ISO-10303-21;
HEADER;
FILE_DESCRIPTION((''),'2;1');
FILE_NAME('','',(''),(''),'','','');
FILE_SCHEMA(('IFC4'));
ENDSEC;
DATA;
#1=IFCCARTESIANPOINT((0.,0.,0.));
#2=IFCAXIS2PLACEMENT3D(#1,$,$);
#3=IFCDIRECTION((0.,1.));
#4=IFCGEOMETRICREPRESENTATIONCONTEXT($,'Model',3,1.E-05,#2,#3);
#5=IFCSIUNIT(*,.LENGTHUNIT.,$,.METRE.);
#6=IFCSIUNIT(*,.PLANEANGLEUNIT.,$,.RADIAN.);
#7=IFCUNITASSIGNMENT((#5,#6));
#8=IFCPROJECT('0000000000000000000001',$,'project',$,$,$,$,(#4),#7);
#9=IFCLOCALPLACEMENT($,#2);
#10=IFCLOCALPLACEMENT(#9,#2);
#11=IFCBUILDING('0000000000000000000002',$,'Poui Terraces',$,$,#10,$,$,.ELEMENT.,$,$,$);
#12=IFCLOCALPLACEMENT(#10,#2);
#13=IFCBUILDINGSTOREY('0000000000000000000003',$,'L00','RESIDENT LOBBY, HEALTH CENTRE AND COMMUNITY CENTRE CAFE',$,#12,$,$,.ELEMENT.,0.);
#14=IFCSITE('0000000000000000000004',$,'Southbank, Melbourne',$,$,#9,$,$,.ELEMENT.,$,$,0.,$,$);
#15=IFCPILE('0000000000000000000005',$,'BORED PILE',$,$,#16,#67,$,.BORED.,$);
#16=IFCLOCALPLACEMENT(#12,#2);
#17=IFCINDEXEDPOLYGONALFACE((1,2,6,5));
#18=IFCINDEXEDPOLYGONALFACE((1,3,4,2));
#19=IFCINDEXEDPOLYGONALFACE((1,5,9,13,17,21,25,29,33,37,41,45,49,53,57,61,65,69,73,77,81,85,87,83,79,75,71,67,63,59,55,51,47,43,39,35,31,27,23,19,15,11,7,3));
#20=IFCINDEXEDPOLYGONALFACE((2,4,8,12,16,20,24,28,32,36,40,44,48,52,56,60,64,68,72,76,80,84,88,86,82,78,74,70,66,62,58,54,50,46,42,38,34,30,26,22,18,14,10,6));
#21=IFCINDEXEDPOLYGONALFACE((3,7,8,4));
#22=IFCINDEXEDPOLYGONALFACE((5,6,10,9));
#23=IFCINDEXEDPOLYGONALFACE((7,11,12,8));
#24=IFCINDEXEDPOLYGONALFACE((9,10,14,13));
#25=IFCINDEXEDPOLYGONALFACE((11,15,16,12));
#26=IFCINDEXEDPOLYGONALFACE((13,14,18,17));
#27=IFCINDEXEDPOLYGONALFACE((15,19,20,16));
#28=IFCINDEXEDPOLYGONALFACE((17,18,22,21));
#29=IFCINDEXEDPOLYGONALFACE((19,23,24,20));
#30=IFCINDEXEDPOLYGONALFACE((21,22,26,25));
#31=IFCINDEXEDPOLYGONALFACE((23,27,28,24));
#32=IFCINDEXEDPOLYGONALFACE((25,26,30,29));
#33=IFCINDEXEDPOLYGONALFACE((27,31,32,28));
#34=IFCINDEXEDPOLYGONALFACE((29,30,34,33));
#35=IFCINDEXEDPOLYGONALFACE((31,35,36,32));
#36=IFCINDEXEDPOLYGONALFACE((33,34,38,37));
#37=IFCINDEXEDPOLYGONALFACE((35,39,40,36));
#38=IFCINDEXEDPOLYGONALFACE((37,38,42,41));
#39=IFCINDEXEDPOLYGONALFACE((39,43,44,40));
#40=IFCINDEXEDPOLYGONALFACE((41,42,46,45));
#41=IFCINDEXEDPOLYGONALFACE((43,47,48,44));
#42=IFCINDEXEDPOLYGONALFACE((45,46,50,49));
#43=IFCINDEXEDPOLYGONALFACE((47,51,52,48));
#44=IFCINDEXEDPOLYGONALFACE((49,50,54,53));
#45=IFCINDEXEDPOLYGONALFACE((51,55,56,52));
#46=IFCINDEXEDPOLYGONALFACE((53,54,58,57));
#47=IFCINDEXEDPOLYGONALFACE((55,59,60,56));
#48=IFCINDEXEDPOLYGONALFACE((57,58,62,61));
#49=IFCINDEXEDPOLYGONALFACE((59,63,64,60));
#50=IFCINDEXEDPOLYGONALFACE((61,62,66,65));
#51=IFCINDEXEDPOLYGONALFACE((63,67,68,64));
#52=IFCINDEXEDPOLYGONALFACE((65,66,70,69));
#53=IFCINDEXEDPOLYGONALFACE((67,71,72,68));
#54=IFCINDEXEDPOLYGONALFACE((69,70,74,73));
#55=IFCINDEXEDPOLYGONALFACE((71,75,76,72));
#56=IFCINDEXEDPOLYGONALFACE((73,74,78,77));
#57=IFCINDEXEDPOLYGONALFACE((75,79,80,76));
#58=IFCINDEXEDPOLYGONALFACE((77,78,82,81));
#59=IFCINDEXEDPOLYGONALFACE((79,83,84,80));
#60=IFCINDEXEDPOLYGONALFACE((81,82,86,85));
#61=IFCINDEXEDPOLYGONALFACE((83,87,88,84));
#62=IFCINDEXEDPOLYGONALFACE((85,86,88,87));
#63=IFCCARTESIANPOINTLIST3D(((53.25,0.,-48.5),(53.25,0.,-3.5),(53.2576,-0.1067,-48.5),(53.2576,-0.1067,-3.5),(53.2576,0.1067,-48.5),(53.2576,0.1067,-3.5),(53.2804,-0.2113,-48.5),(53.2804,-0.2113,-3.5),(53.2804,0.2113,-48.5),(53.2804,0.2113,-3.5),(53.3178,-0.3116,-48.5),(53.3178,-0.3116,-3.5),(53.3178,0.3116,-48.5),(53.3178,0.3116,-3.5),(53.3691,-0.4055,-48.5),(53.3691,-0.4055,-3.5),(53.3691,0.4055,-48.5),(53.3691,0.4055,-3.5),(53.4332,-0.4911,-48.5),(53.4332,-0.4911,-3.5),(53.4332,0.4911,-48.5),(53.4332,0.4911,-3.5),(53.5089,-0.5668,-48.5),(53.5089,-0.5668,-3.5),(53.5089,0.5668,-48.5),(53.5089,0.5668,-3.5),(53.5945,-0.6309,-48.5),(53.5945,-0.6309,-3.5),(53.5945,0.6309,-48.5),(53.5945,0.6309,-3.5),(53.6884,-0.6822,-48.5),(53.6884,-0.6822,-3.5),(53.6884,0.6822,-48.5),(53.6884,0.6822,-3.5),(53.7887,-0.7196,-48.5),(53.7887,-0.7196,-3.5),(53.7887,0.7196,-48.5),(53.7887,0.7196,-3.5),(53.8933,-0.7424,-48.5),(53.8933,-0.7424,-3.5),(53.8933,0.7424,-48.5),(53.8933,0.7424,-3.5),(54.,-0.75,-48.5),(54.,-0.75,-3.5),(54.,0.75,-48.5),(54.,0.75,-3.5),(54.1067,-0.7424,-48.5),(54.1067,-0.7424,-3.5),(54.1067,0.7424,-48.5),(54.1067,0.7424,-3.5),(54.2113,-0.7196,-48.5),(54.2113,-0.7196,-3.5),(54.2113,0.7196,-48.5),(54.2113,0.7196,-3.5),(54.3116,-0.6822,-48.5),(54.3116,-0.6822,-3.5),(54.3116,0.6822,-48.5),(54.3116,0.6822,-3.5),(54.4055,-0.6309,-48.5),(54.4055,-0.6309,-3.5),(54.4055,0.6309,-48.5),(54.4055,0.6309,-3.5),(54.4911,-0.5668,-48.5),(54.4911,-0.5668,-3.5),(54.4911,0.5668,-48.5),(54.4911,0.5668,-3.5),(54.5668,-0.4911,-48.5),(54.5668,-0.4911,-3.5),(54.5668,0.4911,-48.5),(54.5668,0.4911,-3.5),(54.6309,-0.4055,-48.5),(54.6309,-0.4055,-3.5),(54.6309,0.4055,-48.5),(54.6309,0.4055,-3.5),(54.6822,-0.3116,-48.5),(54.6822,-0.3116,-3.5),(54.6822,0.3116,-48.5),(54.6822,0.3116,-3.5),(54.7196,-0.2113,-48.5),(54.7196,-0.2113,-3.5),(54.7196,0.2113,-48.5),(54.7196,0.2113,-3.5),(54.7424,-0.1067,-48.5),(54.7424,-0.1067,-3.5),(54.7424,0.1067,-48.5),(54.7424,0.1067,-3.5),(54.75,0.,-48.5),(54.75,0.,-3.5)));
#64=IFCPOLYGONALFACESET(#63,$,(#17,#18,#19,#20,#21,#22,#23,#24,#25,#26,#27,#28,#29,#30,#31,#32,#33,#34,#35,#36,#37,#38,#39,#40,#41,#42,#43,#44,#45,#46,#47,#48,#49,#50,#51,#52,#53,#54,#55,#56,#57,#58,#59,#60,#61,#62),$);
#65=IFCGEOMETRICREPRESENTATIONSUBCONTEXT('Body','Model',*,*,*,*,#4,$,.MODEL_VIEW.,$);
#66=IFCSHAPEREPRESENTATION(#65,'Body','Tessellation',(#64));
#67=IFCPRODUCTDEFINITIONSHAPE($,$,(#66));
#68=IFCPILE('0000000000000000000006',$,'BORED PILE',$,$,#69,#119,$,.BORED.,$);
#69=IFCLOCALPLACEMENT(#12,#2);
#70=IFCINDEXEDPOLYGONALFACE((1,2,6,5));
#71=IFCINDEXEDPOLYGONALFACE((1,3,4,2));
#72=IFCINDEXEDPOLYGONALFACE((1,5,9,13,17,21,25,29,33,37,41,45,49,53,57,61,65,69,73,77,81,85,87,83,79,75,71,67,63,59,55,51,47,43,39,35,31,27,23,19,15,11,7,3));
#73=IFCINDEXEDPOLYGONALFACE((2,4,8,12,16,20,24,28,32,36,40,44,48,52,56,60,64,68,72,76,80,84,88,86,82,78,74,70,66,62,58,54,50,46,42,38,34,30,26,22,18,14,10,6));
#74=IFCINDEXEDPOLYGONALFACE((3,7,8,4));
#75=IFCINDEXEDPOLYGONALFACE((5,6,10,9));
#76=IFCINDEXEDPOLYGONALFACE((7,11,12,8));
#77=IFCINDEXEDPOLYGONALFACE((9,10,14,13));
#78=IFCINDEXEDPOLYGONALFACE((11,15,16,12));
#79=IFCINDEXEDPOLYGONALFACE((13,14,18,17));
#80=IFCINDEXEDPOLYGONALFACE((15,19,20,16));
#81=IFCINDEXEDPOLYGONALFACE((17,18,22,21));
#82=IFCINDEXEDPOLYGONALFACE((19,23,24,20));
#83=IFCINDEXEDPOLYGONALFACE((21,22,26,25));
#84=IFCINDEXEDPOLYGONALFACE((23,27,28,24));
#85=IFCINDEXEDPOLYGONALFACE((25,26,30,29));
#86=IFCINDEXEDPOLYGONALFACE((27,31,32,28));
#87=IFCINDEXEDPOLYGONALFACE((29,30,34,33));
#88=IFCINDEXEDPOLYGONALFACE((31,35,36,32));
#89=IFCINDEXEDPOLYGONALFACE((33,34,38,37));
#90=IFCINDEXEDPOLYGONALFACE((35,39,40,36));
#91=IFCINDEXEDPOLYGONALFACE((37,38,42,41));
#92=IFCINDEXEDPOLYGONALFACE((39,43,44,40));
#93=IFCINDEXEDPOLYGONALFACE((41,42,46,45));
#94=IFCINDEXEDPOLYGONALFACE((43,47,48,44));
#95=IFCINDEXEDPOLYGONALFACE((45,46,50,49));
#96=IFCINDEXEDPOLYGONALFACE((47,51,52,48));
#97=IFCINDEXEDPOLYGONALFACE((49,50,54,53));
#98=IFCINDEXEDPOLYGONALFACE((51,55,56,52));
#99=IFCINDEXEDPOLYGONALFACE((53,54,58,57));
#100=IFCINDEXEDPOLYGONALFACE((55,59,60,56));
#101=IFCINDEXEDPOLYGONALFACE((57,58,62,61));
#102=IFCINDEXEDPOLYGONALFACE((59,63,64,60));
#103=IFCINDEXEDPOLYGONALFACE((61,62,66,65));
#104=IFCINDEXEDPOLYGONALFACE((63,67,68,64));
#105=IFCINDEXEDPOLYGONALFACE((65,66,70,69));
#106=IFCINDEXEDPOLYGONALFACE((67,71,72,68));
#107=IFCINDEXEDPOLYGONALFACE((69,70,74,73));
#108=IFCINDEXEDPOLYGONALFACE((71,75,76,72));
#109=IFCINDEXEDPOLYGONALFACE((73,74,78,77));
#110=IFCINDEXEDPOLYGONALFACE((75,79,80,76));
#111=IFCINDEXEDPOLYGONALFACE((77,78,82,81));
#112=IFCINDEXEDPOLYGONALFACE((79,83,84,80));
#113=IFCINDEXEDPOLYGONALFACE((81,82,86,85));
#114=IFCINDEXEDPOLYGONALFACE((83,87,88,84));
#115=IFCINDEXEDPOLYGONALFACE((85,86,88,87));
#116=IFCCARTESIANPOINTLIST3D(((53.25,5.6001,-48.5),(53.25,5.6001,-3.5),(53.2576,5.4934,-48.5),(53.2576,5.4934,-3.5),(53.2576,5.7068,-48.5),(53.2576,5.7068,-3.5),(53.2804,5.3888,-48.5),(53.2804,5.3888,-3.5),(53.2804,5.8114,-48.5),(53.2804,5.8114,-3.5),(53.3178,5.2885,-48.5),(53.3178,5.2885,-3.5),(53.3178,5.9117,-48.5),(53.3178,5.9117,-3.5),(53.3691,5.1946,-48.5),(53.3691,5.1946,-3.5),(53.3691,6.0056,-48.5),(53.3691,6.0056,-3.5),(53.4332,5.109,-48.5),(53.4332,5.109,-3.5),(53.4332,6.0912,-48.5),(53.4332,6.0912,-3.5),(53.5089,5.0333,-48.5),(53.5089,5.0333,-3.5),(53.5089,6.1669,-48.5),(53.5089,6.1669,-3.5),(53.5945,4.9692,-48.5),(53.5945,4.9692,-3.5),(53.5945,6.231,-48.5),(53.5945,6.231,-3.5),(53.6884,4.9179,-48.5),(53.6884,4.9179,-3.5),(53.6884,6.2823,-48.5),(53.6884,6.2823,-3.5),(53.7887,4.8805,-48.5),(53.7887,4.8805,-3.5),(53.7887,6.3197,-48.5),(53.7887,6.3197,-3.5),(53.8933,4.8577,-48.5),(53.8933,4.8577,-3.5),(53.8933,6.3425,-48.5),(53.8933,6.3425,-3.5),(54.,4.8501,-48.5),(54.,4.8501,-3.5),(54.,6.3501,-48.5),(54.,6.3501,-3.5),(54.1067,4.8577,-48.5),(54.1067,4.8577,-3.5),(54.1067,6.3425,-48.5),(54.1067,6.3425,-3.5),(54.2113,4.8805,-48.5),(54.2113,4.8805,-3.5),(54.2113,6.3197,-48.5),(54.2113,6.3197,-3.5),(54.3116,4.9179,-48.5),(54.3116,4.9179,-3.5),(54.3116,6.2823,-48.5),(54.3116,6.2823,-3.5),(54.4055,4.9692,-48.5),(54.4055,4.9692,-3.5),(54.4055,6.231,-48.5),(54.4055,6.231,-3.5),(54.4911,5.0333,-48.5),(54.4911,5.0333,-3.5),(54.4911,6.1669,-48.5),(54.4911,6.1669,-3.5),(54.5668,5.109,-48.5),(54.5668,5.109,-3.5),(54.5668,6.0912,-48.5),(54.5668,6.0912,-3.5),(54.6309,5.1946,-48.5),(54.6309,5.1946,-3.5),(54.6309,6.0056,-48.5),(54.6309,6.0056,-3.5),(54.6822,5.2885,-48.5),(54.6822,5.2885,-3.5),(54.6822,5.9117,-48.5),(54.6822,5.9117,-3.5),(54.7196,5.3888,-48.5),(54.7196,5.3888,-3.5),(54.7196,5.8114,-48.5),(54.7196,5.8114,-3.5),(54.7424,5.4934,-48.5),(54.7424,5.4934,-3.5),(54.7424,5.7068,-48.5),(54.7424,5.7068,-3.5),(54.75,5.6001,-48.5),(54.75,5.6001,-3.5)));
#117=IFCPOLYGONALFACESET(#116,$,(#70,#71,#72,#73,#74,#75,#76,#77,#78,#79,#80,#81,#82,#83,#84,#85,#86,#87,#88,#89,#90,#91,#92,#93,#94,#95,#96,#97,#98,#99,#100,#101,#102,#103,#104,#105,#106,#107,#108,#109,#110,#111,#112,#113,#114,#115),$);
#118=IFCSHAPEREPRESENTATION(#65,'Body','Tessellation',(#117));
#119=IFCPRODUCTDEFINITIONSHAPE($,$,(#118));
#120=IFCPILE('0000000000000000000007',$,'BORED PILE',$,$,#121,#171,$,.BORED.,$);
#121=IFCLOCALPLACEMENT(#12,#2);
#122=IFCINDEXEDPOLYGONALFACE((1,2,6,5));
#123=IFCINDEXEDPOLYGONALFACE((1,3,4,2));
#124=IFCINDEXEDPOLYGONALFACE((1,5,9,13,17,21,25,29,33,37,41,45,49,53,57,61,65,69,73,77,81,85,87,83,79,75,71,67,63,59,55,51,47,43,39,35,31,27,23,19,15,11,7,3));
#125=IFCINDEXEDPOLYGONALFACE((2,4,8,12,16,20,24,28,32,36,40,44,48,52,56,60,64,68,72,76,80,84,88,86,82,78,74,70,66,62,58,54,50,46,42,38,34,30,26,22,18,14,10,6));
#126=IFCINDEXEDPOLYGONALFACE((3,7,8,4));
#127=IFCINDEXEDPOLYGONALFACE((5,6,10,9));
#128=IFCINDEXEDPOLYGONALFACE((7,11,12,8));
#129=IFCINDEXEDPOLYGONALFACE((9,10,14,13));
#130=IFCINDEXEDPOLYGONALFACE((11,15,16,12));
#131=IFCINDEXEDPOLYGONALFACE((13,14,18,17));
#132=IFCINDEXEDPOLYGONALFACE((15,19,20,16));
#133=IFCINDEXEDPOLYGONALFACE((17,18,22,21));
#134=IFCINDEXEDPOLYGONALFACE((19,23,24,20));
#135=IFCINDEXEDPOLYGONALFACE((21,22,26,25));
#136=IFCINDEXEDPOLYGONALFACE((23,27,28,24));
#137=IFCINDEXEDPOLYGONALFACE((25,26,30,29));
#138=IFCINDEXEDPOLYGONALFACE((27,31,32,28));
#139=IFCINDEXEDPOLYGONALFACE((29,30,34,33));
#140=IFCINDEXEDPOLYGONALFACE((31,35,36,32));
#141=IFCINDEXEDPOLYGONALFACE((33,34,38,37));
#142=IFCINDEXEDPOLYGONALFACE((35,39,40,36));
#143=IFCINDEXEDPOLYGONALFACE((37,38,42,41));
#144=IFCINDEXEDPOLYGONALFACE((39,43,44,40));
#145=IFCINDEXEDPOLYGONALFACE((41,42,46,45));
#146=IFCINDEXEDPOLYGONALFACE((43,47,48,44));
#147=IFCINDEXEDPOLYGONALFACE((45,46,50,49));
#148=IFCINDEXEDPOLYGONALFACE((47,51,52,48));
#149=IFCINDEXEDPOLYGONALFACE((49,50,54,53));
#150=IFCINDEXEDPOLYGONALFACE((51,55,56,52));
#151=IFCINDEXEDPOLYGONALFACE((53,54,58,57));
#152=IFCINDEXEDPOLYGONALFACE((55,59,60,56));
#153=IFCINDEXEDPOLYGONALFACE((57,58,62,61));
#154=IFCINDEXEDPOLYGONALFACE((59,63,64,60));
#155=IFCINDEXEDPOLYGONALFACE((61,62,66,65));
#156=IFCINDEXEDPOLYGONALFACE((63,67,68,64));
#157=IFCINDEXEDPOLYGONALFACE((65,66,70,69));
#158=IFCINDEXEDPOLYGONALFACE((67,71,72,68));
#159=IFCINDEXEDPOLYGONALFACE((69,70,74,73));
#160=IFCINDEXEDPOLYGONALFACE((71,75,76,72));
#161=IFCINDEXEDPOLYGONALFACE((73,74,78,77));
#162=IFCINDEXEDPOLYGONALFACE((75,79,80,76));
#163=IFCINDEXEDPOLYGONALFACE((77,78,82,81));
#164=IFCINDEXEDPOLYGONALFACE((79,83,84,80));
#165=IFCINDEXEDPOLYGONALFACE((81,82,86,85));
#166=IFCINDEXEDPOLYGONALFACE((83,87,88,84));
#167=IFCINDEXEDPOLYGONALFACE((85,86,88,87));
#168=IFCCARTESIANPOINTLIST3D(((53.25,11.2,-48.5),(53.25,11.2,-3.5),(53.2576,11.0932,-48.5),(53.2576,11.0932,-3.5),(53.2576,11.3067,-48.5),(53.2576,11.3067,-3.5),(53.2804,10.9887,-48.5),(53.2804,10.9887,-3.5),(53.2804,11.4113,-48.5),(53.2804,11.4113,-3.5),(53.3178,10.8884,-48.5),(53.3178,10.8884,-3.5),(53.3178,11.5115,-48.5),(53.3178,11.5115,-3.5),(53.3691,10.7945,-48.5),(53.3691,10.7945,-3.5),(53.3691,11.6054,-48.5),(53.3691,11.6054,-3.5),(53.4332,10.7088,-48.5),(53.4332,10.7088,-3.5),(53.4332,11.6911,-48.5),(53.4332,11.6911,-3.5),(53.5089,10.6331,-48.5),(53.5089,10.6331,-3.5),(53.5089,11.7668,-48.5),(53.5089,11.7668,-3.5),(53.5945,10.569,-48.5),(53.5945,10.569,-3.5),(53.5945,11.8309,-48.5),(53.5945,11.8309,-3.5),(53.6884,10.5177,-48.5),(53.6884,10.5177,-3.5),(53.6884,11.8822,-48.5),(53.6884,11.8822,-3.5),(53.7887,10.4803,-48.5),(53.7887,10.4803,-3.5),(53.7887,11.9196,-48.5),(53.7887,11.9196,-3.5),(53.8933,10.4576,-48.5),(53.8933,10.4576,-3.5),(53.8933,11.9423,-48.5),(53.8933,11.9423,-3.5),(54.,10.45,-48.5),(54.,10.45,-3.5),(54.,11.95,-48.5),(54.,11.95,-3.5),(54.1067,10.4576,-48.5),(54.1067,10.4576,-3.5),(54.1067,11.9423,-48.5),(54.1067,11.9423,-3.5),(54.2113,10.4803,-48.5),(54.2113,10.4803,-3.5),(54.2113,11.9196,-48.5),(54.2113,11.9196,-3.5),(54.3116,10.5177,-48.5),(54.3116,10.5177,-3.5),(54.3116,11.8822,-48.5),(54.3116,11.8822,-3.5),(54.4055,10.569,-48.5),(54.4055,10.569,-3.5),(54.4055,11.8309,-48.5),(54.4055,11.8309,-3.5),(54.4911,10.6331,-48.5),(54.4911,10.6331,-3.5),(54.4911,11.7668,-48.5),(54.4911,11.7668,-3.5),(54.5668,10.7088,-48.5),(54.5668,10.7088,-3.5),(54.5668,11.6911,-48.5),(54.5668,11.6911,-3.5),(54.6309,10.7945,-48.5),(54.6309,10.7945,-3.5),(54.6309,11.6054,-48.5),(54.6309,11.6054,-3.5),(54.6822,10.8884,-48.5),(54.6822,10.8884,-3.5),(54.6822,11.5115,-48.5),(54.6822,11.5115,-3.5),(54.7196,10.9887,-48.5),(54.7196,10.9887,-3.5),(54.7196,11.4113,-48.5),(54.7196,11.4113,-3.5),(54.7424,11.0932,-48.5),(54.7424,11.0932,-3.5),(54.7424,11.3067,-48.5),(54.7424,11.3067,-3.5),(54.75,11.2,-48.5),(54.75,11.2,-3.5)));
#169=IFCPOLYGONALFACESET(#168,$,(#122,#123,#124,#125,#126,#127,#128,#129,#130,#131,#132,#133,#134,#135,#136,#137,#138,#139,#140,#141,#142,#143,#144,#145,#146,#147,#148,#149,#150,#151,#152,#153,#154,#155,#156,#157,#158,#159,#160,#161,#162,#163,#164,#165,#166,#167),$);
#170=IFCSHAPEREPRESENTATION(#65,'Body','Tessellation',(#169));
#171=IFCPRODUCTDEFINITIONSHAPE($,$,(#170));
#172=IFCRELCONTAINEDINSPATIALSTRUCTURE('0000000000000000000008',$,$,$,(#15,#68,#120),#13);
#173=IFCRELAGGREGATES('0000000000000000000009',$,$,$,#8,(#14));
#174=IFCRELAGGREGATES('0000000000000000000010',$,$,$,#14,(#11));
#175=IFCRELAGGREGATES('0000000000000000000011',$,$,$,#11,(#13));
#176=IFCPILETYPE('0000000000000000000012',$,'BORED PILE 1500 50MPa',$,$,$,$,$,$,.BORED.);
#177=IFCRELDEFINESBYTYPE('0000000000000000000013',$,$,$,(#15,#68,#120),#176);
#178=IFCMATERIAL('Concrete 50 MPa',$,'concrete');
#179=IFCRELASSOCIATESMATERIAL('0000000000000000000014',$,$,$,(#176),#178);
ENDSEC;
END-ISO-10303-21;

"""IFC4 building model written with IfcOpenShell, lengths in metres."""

from ifc_helpers import new_model, si_unit, direction, frame, origin, origin_2d, place, context, subcontext, project, spatial, circle, extrude, material, material_profile, profile_set, type_object, element, save


model = new_model("IFC4")

# Units and contexts
model_context = context("Model", 3, precision=1e-05, world=origin(), true_north=direction((0.0, 1.0)))
body_context = subcontext(model_context, "Body", "Model", "MODEL_VIEW")
ifc_project = project(units=[si_unit("LENGTHUNIT", "METRE"), si_unit("PLANEANGLEUNIT", "RADIAN")], contexts=[model_context])

# Site, building, storey
site_placement = place(None, origin())
site = spatial("IfcSite", under=ifc_project, at=site_placement, Name="Southbank, Melbourne", CompositionType="ELEMENT", RefElevation=0.0)
building_placement = place(site_placement, origin())
building = spatial("IfcBuilding", under=site, at=building_placement, Name="Poui Terraces", CompositionType="ELEMENT")
storey_placement = place(building_placement, origin())
storey = spatial("IfcBuildingStorey", under=building, at=storey_placement, Name="L00", Description="RESIDENT LOBBY, HEALTH CENTRE AND COMMUNITY CENTRE CAFE", CompositionType="ELEMENT", Elevation=0.0)

# Piles
ifc_material_1 = material(Name="Concrete 50 MPa", Category="concrete")
ifc_material_profile_1 = material_profile(ifc_material_1, circle(Radius=0.75, at=origin_2d()), Name="RC D1500")
ifc_profile_set_1 = profile_set([ifc_material_profile_1], Name="Concrete 50 MPa")
pile_type = type_object("IfcPileType", Name="BORED PILE 1500 50MPa", PredefinedType="BORED", material=ifc_profile_set_1)
for number, where, z_axis, x_axis, name in (
    (1, (54.0, 0.0, -3.5), (0.0, 0.0, -1.0), (1.0, 0.0, 0.0), "BORED PILE"),
    (2, (54.0, 5.6001, -3.5), (0.0, 0.0, -1.0), (1.0, 0.0, 0.0), "BORED PILE"),
    (3, (54.0, 11.2, -3.5), (0.0, 0.0, -1.0), (1.0, 0.0, 0.0), "BORED PILE"),
):
    element("IfcPile", number, at=place(storey_placement, frame(where, z_axis=z_axis, x_axis=x_axis)), inside=storey, type_object=pile_type, Name=name, PredefinedType="BORED", context=body_context, shape_type="SweptSolid", body=[
        extrude(circle(Radius=0.75, at=origin_2d()), origin(), (0.0, 0.0, 1.0), 45.0),
    ])

save(model, "model.ifc")
